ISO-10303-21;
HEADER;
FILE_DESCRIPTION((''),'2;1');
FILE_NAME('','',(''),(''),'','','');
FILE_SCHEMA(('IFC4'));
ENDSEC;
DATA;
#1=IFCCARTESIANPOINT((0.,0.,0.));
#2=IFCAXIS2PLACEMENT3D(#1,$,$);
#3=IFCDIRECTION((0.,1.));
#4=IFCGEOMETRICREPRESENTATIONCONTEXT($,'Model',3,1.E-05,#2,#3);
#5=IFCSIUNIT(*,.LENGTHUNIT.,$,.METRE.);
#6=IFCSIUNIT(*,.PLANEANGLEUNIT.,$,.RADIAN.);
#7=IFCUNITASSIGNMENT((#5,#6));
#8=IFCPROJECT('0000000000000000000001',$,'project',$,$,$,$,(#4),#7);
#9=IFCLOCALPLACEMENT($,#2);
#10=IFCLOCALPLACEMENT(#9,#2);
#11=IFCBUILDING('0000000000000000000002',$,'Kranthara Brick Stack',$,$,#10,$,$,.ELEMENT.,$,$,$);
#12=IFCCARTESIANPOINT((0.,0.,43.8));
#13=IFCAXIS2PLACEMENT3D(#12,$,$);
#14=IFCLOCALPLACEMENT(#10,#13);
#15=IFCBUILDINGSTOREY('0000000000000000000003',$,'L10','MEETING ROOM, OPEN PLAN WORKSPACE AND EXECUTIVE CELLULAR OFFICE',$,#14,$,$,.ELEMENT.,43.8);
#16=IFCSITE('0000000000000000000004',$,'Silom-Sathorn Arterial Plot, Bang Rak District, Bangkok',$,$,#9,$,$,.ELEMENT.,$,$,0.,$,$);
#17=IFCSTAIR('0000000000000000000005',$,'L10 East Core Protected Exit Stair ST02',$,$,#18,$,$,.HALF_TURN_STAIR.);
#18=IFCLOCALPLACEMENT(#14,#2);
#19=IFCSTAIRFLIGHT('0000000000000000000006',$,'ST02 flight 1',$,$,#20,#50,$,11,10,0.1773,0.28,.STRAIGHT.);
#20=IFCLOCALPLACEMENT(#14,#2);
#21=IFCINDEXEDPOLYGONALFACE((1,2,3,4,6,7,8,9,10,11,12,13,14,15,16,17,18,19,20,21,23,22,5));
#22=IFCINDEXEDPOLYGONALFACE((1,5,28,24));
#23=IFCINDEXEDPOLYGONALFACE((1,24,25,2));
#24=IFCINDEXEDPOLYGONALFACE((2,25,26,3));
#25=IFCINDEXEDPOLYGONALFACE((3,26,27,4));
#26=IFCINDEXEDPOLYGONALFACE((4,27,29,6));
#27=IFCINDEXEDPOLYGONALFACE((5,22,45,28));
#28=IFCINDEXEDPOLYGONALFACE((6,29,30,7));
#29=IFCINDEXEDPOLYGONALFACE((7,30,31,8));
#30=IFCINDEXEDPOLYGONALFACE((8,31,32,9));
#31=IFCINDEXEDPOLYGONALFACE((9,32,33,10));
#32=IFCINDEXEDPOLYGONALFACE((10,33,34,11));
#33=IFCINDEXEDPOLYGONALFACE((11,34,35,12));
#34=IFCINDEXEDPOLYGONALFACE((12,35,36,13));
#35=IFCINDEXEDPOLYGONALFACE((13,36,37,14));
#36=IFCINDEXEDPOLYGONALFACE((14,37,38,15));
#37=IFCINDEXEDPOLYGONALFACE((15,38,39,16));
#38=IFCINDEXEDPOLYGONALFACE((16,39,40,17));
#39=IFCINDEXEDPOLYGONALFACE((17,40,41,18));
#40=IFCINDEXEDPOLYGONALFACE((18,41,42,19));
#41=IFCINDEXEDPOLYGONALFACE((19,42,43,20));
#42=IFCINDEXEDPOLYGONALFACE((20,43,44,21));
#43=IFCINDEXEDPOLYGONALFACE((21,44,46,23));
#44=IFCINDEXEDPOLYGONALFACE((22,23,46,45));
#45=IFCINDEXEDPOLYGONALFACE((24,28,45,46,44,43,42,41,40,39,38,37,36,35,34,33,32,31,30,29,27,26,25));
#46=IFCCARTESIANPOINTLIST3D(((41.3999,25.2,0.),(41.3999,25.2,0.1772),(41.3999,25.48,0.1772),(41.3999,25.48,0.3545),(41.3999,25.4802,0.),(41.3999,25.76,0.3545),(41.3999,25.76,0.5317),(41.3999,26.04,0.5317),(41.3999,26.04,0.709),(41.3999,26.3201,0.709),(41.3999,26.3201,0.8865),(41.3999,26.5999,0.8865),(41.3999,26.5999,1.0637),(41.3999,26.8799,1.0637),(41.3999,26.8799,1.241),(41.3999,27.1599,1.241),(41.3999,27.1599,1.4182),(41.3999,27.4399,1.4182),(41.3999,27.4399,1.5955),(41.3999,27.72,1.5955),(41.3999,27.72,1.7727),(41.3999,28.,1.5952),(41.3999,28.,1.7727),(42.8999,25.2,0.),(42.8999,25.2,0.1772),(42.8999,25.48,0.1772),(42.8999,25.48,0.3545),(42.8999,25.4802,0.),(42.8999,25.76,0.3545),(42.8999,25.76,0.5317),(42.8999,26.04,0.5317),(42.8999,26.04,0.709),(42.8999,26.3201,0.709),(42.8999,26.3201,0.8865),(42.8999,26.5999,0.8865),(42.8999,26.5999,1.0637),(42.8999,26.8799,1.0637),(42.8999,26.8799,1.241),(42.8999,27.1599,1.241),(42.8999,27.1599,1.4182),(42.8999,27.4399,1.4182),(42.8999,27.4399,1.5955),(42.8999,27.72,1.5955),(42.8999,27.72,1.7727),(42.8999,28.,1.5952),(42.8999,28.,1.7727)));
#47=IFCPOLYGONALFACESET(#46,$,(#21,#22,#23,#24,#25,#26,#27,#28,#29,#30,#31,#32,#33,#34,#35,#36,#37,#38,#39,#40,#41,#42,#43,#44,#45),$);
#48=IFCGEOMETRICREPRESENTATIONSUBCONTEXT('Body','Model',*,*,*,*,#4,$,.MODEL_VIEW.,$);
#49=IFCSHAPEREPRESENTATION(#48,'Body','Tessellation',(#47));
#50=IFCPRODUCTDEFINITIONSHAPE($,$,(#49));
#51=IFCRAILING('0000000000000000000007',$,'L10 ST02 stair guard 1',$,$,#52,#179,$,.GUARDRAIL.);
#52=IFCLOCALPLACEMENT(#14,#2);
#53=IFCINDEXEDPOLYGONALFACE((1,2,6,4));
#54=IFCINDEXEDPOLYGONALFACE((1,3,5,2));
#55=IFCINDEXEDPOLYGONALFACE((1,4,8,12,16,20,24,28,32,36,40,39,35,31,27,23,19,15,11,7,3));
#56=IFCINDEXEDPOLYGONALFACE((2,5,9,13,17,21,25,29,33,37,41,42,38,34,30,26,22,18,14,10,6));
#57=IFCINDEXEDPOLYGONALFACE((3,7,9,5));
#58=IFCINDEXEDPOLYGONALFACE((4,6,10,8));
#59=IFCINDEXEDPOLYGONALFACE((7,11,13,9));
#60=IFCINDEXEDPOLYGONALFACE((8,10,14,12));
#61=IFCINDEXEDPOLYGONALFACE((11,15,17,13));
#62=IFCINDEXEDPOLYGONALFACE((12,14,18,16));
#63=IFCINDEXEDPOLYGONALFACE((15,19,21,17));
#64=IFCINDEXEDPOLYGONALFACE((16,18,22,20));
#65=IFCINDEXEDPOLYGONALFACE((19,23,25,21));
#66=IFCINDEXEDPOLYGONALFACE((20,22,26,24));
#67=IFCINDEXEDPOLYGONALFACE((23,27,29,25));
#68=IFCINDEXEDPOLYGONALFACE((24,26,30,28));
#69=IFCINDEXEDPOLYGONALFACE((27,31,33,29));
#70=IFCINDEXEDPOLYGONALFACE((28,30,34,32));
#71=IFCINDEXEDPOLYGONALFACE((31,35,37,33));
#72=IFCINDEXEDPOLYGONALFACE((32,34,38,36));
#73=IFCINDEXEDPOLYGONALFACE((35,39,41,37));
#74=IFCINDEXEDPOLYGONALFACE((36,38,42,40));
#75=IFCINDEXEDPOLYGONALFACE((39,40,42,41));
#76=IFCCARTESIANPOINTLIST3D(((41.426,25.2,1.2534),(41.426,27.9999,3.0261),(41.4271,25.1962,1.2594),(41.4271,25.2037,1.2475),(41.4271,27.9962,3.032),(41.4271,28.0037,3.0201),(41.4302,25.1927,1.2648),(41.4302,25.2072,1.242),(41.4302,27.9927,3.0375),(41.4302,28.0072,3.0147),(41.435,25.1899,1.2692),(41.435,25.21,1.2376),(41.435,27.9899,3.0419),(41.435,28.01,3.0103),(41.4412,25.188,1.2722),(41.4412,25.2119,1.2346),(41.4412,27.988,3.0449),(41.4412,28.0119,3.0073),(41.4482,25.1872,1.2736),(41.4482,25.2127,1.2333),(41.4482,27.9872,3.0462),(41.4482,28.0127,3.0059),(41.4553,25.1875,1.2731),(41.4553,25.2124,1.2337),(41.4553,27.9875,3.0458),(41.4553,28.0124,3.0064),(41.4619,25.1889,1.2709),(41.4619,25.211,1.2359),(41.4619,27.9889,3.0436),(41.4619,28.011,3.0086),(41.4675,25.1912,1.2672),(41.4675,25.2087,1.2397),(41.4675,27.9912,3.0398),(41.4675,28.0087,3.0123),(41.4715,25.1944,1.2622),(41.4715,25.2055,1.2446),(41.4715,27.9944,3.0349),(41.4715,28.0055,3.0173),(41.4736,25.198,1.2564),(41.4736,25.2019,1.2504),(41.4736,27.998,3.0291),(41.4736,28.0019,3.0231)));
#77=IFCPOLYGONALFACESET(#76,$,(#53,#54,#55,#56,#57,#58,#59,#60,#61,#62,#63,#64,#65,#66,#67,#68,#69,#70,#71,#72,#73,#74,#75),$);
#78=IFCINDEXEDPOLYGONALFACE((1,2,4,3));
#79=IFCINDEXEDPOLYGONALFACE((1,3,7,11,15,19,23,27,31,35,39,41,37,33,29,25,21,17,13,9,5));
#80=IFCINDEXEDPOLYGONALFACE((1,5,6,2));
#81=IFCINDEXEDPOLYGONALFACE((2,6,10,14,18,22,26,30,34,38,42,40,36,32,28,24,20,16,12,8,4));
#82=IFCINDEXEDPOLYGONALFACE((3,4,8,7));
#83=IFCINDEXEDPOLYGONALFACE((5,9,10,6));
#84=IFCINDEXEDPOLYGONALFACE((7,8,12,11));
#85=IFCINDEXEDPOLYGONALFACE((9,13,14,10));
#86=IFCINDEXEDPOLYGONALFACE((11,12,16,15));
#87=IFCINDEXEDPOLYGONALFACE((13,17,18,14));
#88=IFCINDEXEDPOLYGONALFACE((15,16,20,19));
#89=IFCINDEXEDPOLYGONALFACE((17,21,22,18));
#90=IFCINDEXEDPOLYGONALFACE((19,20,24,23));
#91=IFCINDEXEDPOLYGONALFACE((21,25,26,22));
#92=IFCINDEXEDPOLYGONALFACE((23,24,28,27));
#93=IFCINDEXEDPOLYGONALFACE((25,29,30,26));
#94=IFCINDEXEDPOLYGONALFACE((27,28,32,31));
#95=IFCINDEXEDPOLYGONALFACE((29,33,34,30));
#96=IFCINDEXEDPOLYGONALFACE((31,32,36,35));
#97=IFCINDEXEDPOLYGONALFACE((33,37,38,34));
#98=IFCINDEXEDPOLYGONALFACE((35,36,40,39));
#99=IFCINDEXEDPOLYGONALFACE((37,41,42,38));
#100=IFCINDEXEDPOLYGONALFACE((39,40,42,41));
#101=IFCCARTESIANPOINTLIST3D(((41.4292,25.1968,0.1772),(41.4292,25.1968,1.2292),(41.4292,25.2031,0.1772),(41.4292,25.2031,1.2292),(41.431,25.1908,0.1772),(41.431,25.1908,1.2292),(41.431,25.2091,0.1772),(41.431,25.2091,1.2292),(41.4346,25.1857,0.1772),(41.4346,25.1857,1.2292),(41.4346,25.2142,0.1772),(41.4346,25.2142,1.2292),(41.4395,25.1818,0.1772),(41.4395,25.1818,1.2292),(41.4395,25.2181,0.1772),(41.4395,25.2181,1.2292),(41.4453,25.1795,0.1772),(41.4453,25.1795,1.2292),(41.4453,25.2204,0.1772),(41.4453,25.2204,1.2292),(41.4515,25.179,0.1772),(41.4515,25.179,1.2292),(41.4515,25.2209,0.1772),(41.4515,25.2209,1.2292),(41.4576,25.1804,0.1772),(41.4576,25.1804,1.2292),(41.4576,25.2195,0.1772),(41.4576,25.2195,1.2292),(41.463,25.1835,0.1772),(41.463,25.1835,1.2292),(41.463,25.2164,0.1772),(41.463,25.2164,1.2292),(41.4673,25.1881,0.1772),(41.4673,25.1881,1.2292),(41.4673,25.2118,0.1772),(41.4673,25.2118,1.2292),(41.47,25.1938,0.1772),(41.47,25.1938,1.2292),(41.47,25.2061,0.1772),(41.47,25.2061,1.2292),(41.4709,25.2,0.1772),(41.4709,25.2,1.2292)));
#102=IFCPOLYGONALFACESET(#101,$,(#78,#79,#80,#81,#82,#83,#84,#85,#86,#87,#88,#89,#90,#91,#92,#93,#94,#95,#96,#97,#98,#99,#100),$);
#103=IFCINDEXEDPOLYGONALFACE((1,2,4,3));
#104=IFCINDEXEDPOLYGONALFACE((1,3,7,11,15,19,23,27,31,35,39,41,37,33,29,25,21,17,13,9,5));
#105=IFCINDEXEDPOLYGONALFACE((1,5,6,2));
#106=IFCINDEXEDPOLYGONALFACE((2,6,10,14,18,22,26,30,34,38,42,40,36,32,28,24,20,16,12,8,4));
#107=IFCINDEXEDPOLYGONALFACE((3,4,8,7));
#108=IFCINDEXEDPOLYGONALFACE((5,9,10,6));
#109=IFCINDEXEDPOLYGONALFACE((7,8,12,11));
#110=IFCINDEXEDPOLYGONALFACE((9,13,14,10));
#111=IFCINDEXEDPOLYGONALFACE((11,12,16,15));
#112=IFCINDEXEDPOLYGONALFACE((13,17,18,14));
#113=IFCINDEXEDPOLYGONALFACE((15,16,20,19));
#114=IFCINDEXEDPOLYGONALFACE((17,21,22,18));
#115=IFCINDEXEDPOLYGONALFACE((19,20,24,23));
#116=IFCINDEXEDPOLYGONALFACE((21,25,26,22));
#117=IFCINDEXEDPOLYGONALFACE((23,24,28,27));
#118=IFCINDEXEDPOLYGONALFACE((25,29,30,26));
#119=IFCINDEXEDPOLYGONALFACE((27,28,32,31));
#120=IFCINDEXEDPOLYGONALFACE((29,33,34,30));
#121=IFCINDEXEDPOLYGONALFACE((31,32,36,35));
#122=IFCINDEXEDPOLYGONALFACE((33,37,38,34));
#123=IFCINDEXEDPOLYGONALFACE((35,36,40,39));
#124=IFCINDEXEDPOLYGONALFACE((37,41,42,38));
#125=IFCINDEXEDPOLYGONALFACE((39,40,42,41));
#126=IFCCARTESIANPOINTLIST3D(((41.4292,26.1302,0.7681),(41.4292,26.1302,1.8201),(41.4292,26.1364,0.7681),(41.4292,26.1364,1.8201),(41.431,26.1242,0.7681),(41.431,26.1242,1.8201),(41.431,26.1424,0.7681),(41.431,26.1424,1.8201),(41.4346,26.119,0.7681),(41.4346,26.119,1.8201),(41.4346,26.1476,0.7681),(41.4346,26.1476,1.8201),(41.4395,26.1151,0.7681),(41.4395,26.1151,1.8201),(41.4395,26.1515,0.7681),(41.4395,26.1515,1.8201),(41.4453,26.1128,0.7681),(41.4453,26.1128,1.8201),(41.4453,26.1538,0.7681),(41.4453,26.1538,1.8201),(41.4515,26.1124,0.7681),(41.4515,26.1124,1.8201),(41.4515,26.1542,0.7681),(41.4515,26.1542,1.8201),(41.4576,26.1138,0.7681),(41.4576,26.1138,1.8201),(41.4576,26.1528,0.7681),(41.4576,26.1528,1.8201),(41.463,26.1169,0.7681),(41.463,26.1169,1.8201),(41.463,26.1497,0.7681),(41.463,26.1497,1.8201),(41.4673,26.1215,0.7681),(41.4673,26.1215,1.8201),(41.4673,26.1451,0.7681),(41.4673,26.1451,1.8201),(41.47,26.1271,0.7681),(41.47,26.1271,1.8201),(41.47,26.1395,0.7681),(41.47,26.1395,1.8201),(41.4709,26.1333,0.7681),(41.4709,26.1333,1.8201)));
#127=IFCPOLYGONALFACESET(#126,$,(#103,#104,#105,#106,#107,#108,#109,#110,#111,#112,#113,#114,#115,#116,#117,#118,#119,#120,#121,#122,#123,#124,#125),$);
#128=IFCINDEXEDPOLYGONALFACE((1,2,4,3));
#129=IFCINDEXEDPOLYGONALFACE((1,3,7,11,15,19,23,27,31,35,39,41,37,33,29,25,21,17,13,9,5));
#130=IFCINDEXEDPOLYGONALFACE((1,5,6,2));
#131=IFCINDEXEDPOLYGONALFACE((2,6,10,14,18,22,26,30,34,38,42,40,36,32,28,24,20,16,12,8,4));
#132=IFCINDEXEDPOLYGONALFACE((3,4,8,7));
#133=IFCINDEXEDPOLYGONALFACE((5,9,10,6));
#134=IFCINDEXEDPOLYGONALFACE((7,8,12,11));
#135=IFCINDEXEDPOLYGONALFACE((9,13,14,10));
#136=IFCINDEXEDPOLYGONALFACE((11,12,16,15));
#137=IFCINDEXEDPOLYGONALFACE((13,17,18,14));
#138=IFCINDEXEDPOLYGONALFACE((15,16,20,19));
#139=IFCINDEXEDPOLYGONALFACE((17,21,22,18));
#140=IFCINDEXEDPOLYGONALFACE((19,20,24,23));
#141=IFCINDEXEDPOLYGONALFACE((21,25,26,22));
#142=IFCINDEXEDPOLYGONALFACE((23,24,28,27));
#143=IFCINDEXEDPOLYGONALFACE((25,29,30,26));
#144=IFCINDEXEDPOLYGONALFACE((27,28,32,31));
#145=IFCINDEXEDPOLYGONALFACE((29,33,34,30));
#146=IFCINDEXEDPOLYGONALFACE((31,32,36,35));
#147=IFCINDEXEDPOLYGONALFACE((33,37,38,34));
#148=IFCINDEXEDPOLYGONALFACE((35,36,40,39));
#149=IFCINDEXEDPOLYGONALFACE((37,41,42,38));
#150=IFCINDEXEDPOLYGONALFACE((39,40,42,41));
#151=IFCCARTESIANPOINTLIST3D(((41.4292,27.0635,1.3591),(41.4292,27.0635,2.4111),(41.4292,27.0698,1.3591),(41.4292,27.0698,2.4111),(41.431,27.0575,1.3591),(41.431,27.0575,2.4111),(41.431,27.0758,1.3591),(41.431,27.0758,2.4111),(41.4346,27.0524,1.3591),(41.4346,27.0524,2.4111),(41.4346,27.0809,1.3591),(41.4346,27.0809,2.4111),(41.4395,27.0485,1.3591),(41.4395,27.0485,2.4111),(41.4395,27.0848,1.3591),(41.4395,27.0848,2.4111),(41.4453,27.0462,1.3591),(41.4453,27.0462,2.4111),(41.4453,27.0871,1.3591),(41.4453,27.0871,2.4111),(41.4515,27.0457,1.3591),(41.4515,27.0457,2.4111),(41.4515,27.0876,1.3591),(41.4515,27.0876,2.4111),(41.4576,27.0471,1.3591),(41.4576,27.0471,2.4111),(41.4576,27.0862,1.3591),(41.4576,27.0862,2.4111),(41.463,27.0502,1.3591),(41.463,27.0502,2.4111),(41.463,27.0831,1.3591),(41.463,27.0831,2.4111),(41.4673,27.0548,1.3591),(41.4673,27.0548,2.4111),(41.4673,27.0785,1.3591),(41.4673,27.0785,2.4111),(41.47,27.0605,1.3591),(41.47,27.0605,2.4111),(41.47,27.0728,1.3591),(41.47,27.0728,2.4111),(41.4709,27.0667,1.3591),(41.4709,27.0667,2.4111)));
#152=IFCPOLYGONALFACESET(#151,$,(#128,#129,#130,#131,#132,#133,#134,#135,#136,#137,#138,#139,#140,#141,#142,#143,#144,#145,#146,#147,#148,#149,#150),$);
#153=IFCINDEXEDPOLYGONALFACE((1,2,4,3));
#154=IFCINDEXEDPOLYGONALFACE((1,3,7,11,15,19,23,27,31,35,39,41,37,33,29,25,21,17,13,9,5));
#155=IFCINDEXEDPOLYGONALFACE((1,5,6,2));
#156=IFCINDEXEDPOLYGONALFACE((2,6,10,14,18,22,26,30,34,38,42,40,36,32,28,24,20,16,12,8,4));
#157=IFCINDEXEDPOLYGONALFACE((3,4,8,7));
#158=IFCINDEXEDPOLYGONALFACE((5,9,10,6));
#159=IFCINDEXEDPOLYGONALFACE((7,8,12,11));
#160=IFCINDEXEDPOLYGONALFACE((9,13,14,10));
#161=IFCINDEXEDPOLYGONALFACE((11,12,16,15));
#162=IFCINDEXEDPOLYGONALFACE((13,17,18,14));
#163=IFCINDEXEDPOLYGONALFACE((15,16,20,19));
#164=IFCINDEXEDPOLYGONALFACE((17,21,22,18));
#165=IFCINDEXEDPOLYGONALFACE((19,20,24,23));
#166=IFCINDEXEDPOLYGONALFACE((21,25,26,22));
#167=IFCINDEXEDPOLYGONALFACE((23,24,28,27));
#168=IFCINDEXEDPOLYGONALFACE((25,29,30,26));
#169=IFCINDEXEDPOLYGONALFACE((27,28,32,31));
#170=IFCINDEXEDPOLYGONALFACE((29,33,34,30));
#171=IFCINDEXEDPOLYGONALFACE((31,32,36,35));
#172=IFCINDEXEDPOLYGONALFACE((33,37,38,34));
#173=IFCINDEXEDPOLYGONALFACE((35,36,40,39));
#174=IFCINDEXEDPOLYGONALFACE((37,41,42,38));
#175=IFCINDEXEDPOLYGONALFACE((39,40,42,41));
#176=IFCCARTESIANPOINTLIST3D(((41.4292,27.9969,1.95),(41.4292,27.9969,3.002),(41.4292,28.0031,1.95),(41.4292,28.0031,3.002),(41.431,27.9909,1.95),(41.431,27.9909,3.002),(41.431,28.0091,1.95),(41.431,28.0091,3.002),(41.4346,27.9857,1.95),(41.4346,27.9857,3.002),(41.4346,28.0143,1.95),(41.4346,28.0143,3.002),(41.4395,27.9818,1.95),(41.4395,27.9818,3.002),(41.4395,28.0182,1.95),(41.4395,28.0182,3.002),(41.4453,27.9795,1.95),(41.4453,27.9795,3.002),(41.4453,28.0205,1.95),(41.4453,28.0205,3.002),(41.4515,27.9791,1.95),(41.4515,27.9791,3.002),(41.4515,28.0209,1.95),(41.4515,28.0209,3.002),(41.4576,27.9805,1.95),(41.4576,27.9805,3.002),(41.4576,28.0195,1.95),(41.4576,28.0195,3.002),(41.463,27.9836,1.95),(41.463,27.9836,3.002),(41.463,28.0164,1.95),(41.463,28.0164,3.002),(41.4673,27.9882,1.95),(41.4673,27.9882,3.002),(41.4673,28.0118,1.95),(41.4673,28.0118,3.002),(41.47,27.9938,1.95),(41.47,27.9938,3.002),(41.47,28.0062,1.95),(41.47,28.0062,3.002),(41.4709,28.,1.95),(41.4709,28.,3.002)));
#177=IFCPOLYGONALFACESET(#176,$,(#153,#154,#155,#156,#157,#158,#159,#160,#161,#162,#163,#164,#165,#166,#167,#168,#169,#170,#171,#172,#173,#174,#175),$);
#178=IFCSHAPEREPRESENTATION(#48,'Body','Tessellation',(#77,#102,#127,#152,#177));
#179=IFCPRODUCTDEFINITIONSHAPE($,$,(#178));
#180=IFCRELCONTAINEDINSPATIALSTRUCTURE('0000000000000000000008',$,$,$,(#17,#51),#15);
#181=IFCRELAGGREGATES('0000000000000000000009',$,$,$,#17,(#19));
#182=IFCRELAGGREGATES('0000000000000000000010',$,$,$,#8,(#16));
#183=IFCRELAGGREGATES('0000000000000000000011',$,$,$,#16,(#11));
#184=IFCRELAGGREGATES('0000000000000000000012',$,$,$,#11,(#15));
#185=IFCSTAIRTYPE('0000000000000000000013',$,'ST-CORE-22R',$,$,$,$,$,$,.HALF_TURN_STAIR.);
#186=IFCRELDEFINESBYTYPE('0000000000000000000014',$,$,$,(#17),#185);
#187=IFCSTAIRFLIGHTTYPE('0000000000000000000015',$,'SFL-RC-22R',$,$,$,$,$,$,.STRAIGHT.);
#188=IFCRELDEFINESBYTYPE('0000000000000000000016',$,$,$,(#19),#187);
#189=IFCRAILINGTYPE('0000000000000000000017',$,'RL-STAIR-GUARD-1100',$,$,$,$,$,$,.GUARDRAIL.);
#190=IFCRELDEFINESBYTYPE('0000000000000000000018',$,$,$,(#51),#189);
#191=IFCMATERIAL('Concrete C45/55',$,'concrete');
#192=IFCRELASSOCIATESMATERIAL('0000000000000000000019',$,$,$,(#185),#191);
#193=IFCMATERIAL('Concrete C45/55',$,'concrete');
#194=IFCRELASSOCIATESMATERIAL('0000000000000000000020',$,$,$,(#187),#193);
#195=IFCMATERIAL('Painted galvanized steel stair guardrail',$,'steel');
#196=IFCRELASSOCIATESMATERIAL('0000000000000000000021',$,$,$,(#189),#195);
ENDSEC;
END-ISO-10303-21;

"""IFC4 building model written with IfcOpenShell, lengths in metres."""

from ifc_helpers import new_model, si_unit, direction, frame, origin, origin_2d, place, context, subcontext, project, spatial, polyline, circle, outline, extrude, material, type_object, element, aggregate, save


model = new_model("IFC4")

# Units and contexts
model_context = context("Model", 3, precision=1e-05, world=origin(), true_north=direction((0.0, 1.0)))
body_context = subcontext(model_context, "Body", "Model", "MODEL_VIEW")
ifc_project = project(units=[si_unit("LENGTHUNIT", "METRE"), si_unit("PLANEANGLEUNIT", "RADIAN")], contexts=[model_context])

# Site, building, storey
site_placement = place(None, origin())
site = spatial("IfcSite", under=ifc_project, at=site_placement, Name="Silom-Sathorn Arterial Plot, Bang Rak District, Bangkok", CompositionType="ELEMENT", RefElevation=0.0)
building_placement = place(site_placement, origin())
building = spatial("IfcBuilding", under=site, at=building_placement, Name="Kranthara Brick Stack", CompositionType="ELEMENT")
storey_placement = place(building_placement, frame((0.0, 0.0, 43.8)))
storey = spatial("IfcBuildingStorey", under=building, at=storey_placement, Name="L10", Description="MEETING ROOM, OPEN PLAN WORKSPACE AND EXECUTIVE CELLULAR OFFICE", CompositionType="ELEMENT", Elevation=43.8)

# Stair, stair flight
ifc_material_1 = material(Name="Concrete C45/55", Category="concrete")
stair_type = type_object("IfcStairType", Name="ST-CORE-22R", PredefinedType="HALF_TURN_STAIR", material=ifc_material_1)
stair_placement = place(storey_placement, origin())
stair = element("IfcStair", 1, at=stair_placement, inside=storey, type_object=stair_type, Name="L10 East Core Protected Exit Stair ST02", PredefinedType="HALF_TURN_STAIR")
ifc_material_2 = material(Name="Concrete C45/55", Category="concrete")
stair_flight_type = type_object("IfcStairFlightType", Name="SFL-RC-22R", PredefinedType="STRAIGHT", material=ifc_material_2)
stair_flight_placement = place(storey_placement, frame((42.1499, 25.2, 0.0), z_axis=(0.0, 0.0, 1.0), x_axis=(0.0, 1.0, 0.0)))
stair_flight = element("IfcStairFlight", 2, at=stair_flight_placement, type_object=stair_flight_type, Name="ST02 flight 1", NumberOfRisers=11, NumberOfTreads=10, PredefinedType="STRAIGHT", RiserHeight=0.1773, TreadLength=0.28, context=body_context, shape_type="SweptSolid", body=[
    extrude(outline(polyline([(0.0, 0.0), (0.0, 0.1772), (0.28, 0.1772), (0.28, 0.3545), (0.5601, 0.3545), (0.5601, 0.5317), (0.8401, 0.5317), (0.8401, 0.709), (1.1201, 0.709), (1.1201, 0.8865), (1.3999, 0.8865), (1.3999, 1.0637), (1.6799, 1.0637), (1.6799, 1.241), (1.96, 1.241), (1.96, 1.4182), (2.24, 1.4182), (2.24, 1.5955), (2.52, 1.5955), (2.52, 1.7727), (2.8, 1.7727), (2.8, 1.95), (2.8, 1.5952), (0.2803, 0.0), (0.0, 0.0)])), frame((0.0, 0.75, 0.0), z_axis=(0.0, -1.0, 0.0), x_axis=(1.0, 0.0, 0.0)), (0.0, 0.0, 1.0), 1.5),
])
aggregate(stair, [stair_flight])

# Railing
ifc_material_3 = material(Name="Painted galvanized steel stair guardrail", Category="steel")
railing_type = type_object("IfcRailingType", Name="RL-STAIR-GUARD-1100", PredefinedType="GUARDRAIL", material=ifc_material_3)
railing_1_placement = place(storey_placement, frame((41.45, 25.2, 0.1772)))
element("IfcRailing", 3, at=railing_1_placement, inside=storey, type_object=railing_type, Name="L10 ST02 stair guard 1", PredefinedType="GUARDRAIL", context=body_context, shape_type="SweptSolid", body=[
    extrude(circle(Radius=0.0239, at=origin_2d()), frame((0.0, 0.0, 1.0762), z_axis=(0.0, 0.844909, 0.53491), x_axis=(-1.0, 0.0, 0.0)), (0.0, 0.0, 1.0), 3.314),
    extrude(circle(Radius=0.021, at=origin_2d()), origin(), (0.0, 0.0, 1.0), 1.052),
    extrude(circle(Radius=0.021, at=origin_2d()), frame((0.0, 0.9333, 0.5908)), (0.0, 0.0, 1.0), 1.052),
    extrude(circle(Radius=0.021, at=origin_2d()), frame((0.0, 1.8667, 1.1819)), (0.0, 0.0, 1.0), 1.052),
    extrude(circle(Radius=0.021, at=origin_2d()), frame((0.0, 2.8, 1.7727)), (0.0, 0.0, 1.0), 1.052),
])

save(model, "model.ifc")
